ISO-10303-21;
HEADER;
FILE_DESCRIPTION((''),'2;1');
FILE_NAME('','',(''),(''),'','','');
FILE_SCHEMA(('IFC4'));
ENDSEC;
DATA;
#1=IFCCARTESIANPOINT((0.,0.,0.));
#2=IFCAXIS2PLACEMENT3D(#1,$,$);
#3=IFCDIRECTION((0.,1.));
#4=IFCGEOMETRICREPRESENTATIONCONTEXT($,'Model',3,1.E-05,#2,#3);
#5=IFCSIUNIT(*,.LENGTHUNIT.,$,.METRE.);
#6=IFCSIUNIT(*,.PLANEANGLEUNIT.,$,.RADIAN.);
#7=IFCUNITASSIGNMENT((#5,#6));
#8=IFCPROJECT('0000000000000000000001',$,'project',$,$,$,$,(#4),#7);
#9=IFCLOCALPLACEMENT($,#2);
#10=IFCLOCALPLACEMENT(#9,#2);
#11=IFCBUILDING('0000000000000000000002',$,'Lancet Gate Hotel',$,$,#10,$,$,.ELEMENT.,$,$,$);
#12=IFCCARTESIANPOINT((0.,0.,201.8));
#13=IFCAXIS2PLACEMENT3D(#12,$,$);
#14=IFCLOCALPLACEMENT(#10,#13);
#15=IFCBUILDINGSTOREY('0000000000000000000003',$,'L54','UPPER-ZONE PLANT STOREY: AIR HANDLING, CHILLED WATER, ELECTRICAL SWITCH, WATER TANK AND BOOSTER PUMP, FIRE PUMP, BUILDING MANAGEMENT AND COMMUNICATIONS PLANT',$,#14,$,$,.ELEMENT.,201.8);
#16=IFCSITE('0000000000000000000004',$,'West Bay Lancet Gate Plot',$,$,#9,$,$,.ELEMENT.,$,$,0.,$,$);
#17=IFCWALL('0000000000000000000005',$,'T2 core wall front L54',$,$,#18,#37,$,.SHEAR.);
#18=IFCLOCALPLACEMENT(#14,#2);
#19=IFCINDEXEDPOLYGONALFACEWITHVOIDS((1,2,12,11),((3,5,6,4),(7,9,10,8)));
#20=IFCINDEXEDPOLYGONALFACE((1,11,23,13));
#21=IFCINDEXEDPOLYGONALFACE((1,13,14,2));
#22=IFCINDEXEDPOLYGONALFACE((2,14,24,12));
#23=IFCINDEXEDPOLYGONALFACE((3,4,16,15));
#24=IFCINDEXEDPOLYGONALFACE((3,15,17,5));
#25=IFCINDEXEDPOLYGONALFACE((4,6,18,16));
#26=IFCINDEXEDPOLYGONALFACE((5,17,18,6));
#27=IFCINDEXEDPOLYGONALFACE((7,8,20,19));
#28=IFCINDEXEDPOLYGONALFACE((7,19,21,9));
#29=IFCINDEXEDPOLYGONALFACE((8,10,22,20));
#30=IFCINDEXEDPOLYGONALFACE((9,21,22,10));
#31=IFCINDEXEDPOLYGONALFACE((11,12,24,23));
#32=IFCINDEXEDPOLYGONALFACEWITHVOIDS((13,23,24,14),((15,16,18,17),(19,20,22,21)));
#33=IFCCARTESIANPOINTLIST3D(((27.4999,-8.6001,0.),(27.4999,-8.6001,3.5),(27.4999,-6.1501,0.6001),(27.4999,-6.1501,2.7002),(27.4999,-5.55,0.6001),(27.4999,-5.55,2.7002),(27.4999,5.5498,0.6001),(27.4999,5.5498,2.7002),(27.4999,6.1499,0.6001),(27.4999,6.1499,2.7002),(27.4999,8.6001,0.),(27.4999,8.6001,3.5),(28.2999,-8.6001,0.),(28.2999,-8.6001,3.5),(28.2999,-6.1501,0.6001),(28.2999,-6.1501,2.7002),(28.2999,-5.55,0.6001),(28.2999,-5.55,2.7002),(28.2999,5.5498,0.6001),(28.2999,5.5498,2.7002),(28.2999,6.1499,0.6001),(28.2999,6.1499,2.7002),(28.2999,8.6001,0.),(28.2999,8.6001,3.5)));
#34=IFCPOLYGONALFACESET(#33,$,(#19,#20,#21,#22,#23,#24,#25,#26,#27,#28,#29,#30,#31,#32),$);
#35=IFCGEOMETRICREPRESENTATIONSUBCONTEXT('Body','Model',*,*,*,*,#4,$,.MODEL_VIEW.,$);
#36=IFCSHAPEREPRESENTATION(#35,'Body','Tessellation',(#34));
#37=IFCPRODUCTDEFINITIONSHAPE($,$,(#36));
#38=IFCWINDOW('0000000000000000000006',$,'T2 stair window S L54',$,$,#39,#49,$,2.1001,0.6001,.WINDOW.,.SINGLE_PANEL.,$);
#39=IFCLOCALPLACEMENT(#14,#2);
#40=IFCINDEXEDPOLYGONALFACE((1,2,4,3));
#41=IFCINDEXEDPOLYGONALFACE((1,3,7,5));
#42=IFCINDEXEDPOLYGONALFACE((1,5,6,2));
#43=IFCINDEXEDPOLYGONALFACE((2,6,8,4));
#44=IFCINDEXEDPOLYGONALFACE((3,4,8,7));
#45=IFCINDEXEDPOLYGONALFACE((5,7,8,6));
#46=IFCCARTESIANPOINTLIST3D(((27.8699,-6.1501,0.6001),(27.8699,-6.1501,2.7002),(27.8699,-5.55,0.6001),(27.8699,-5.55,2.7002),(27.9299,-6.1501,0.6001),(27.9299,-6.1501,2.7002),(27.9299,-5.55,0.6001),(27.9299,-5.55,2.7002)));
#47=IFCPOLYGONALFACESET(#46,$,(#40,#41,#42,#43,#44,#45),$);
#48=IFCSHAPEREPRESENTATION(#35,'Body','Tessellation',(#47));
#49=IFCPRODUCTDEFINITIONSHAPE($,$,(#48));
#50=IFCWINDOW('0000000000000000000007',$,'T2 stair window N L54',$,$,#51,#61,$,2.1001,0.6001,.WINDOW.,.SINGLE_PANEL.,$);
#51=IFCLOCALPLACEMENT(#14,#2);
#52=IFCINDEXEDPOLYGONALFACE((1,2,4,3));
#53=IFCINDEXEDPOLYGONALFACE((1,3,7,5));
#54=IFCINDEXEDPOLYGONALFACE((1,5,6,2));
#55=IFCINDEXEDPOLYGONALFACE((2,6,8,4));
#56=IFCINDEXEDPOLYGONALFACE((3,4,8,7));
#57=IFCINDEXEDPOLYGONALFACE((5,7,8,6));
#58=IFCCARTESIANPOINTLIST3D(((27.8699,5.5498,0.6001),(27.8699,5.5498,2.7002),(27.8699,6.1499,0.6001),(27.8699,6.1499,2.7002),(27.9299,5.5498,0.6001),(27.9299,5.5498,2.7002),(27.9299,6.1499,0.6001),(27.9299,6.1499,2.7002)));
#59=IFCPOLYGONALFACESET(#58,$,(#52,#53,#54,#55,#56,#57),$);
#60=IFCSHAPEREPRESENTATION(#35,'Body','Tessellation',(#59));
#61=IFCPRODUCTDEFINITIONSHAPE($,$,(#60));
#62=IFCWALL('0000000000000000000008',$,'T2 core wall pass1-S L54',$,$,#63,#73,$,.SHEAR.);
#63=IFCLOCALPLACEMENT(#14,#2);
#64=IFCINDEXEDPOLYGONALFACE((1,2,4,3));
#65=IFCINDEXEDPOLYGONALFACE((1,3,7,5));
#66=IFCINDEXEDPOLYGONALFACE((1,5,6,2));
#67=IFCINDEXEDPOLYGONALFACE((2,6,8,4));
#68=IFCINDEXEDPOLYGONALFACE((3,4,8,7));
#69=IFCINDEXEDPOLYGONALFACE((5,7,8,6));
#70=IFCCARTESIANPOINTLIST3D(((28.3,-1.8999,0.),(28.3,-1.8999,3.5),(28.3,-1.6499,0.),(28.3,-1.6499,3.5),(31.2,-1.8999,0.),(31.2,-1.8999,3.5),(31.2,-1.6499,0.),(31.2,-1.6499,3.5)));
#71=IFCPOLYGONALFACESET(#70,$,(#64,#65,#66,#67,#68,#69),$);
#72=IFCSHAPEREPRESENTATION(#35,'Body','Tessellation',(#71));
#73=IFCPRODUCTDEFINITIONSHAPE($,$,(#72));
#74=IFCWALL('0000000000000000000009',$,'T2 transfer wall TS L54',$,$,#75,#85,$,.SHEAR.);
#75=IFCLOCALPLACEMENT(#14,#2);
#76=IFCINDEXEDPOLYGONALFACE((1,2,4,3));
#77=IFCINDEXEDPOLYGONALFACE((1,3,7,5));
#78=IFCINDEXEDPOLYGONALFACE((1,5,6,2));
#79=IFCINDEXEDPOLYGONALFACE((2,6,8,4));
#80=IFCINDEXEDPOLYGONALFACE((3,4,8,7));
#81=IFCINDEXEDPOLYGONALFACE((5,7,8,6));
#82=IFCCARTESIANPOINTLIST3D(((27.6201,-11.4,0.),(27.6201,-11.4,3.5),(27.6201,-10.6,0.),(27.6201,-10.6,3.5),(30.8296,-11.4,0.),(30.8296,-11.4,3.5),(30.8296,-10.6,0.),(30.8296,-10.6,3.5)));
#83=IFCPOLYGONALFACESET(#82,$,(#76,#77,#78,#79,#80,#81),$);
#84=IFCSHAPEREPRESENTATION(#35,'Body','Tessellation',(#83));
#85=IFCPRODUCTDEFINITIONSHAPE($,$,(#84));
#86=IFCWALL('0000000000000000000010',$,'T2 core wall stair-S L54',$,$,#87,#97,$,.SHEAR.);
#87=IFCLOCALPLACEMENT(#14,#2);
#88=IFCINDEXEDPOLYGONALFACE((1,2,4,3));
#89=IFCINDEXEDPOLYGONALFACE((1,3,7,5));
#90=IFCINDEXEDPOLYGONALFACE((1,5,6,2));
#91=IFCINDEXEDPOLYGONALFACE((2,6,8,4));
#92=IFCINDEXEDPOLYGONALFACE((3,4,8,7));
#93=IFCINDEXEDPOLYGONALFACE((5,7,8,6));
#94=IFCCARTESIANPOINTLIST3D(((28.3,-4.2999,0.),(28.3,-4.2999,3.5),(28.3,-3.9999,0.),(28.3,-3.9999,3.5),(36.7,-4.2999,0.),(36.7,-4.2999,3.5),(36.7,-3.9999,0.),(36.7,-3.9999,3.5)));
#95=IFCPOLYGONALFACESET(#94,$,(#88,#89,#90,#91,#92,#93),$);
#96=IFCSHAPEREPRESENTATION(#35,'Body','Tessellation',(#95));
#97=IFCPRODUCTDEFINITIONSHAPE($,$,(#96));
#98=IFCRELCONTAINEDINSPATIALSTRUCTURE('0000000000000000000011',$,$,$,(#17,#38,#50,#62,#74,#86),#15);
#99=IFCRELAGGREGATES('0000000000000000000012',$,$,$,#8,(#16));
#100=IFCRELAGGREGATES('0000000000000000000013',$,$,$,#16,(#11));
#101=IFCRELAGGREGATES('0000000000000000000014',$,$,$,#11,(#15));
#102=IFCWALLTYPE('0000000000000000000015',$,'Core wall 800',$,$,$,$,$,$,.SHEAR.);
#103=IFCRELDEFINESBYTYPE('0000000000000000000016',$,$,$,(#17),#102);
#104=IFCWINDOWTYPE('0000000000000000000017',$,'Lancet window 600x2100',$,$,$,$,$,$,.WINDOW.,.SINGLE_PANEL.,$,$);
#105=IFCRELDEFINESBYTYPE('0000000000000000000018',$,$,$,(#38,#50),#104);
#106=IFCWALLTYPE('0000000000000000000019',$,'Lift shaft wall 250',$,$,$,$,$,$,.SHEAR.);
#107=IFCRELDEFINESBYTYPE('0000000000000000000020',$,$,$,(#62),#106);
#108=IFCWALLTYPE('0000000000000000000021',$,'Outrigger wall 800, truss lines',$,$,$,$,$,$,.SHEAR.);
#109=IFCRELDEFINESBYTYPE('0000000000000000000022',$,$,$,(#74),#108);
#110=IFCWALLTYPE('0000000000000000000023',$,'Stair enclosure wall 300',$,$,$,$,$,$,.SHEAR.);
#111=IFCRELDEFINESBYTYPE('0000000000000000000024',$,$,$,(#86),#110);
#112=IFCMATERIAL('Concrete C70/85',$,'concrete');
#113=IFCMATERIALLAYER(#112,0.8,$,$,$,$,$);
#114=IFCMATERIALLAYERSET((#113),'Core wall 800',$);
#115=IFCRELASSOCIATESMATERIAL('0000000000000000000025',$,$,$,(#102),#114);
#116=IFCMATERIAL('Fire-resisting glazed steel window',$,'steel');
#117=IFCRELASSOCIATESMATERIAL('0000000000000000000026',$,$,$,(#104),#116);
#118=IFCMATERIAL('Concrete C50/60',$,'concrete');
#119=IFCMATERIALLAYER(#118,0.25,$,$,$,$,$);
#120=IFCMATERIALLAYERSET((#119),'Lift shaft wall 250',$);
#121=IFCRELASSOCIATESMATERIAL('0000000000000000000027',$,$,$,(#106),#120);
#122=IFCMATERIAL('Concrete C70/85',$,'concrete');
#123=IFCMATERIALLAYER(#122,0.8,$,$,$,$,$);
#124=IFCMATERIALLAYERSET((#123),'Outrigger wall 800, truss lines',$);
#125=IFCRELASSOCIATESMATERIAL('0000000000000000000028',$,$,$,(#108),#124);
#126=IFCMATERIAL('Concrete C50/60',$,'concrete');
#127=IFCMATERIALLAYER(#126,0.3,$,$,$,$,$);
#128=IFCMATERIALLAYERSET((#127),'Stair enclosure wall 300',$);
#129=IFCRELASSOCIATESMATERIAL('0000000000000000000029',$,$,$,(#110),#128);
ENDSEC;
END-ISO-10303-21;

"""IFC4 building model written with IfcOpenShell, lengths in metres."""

from ifc_helpers import new_model, si_unit, direction, frame, frame_2d, origin, place, context, subcontext, project, spatial, rectangle, extrude, material, layer, layer_set, type_object, element, fill, save


model = new_model("IFC4")

# Units and contexts
model_context = context("Model", 3, precision=1e-05, world=origin(), true_north=direction((0.0, 1.0)))
body_context = subcontext(model_context, "Body", "Model", "MODEL_VIEW")
ifc_project = project(units=[si_unit("LENGTHUNIT", "METRE"), si_unit("PLANEANGLEUNIT", "RADIAN")], contexts=[model_context])

# Site, building, storey
site_placement = place(None, origin())
site = spatial("IfcSite", under=ifc_project, at=site_placement, Name="West Bay Lancet Gate Plot", CompositionType="ELEMENT", RefElevation=0.0)
building_placement = place(site_placement, origin())
building = spatial("IfcBuilding", under=site, at=building_placement, Name="Lancet Gate Hotel", CompositionType="ELEMENT")
storey_placement = place(building_placement, frame((0.0, 0.0, 201.8)))
storey = spatial("IfcBuildingStorey", under=building, at=storey_placement, Name="L54", Description="UPPER-ZONE PLANT STOREY: AIR HANDLING, CHILLED WATER, ELECTRICAL SWITCH, WATER TANK AND BOOSTER PUMP, FIRE PUMP, BUILDING MANAGEMENT AND COMMUNICATIONS PLANT", CompositionType="ELEMENT", Elevation=201.8)

# Wall, openings, windows
ifc_material_1 = material(Name="Concrete C70/85", Category="concrete")
ifc_layer_1 = layer(ifc_material_1, 0.8)
ifc_layer_set_1 = layer_set([ifc_layer_1], Name="Core wall 800")
wall_type_1 = type_object("IfcWallType", Name="Core wall 800", PredefinedType="SHEAR", material=ifc_layer_set_1)
wall_1_placement = place(storey_placement, frame((27.8999, -8.6001, 0.0), z_axis=(0.0, 0.0, 1.0), x_axis=(0.0, 1.0, 0.0)))
wall_1 = element("IfcWall", 1, at=wall_1_placement, inside=storey, type_object=wall_type_1, Name="T2 core wall front L54", PredefinedType="SHEAR", context=body_context, shape_type="SweptSolid", body=[
    extrude(rectangle(XDim=17.2002, YDim=0.8, at=frame_2d((8.6001, 0.0))), origin(), (0.0, 0.0, 1.0), 3.5),
])
opening_1_placement = place(wall_1_placement, frame((2.45, 0.0, 0.6001)))
opening_1 = element("IfcOpeningElement", 2, at=opening_1_placement, cuts=wall_1, PredefinedType="OPENING", context=body_context, shape_type="SweptSolid", body=[
    extrude(rectangle(XDim=0.6001, YDim=2.1001, at=frame_2d((0.3, 1.05))), frame((0.0, 0.4099, 0.0), z_axis=(0.0, -1.0, 0.0), x_axis=(1.0, 0.0, 0.0)), (0.0, 0.0, 1.0), 0.8201),
])
opening_2_placement = place(wall_1_placement, frame((14.1499, 0.0, 0.6001)))
opening_2 = element("IfcOpeningElement", 3, at=opening_2_placement, cuts=wall_1, PredefinedType="OPENING", context=body_context, shape_type="SweptSolid", body=[
    extrude(rectangle(XDim=0.6001, YDim=2.1001, at=frame_2d((0.3, 1.05))), frame((0.0, 0.4099, 0.0), z_axis=(0.0, -1.0, 0.0), x_axis=(1.0, 0.0, 0.0)), (0.0, 0.0, 1.0), 0.8201),
])
ifc_material_2 = material(Name="Fire-resisting glazed steel window", Category="steel")
window_type = type_object("IfcWindowType", Name="Lancet window 600x2100", PartitioningType="SINGLE_PANEL", PredefinedType="WINDOW", material=ifc_material_2)
window_1_placement = place(opening_1_placement, origin())
window_1 = element("IfcWindow", 4, at=window_1_placement, inside=storey, type_object=window_type, Name="T2 stair window S L54", OverallHeight=2.1001, OverallWidth=0.6001, PartitioningType="SINGLE_PANEL", PredefinedType="WINDOW", context=body_context, shape_type="SweptSolid", body=[
    extrude(rectangle(XDim=0.6001, YDim=2.1001, at=frame_2d((0.3, 1.05))), frame((0.0, 0.03, 0.0), z_axis=(0.0, -1.0, 0.0), x_axis=(1.0, 0.0, 0.0)), (0.0, 0.0, 1.0), 0.0601),
])
fill(opening_1, window_1)
window_2_placement = place(opening_2_placement, origin())
window_2 = element("IfcWindow", 5, at=window_2_placement, inside=storey, type_object=window_type, Name="T2 stair window N L54", OverallHeight=2.1001, OverallWidth=0.6001, PartitioningType="SINGLE_PANEL", PredefinedType="WINDOW", context=body_context, shape_type="SweptSolid", body=[
    extrude(rectangle(XDim=0.6001, YDim=2.1001, at=frame_2d((0.3, 1.05))), frame((0.0, 0.03, 0.0), z_axis=(0.0, -1.0, 0.0), x_axis=(1.0, 0.0, 0.0)), (0.0, 0.0, 1.0), 0.0601),
])
fill(opening_2, window_2)

# Walls
ifc_material_3 = material(Name="Concrete C50/60", Category="concrete")
ifc_layer_2 = layer(ifc_material_3, 0.25)
ifc_layer_set_2 = layer_set([ifc_layer_2], Name="Lift shaft wall 250")
wall_type_2 = type_object("IfcWallType", Name="Lift shaft wall 250", PredefinedType="SHEAR", material=ifc_layer_set_2)
wall_2_placement = place(storey_placement, frame((28.3, -1.7749, 0.0), z_axis=(0.0, 0.0, 1.0), x_axis=(1.0, 0.0, 0.0)))
element("IfcWall", 6, at=wall_2_placement, inside=storey, type_object=wall_type_2, Name="T2 core wall pass1-S L54", PredefinedType="SHEAR", context=body_context, shape_type="SweptSolid", body=[
    extrude(rectangle(XDim=2.8999, YDim=0.25, at=frame_2d((1.45, 0.0))), origin(), (0.0, 0.0, 1.0), 3.5),
])
ifc_material_4 = material(Name="Concrete C70/85", Category="concrete")
ifc_layer_3 = layer(ifc_material_4, 0.8)
ifc_layer_set_3 = layer_set([ifc_layer_3], Name="Outrigger wall 800, truss lines")
wall_type_3 = type_object("IfcWallType", Name="Outrigger wall 800, truss lines", PredefinedType="SHEAR", material=ifc_layer_set_3)
wall_3_placement = place(storey_placement, frame((27.6201, -11.0, 0.0), z_axis=(0.0, 0.0, 1.0), x_axis=(1.0, 0.0, 0.0)))
element("IfcWall", 7, at=wall_3_placement, inside=storey, type_object=wall_type_3, Name="T2 transfer wall TS L54", PredefinedType="SHEAR", context=body_context, shape_type="SweptSolid", body=[
    extrude(rectangle(XDim=3.2095, YDim=0.8, at=frame_2d((1.6047, 0.0))), origin(), (0.0, 0.0, 1.0), 3.5),
])
ifc_material_5 = material(Name="Concrete C50/60", Category="concrete")
ifc_layer_4 = layer(ifc_material_5, 0.3)
ifc_layer_set_4 = layer_set([ifc_layer_4], Name="Stair enclosure wall 300")
wall_type_4 = type_object("IfcWallType", Name="Stair enclosure wall 300", PredefinedType="SHEAR", material=ifc_layer_set_4)
wall_4_placement = place(storey_placement, frame((28.3, -4.1499, 0.0), z_axis=(0.0, 0.0, 1.0), x_axis=(1.0, 0.0, 0.0)))
element("IfcWall", 8, at=wall_4_placement, inside=storey, type_object=wall_type_4, Name="T2 core wall stair-S L54", PredefinedType="SHEAR", context=body_context, shape_type="SweptSolid", body=[
    extrude(rectangle(XDim=8.3999, YDim=0.3, at=frame_2d((4.2, 0.0))), origin(), (0.0, 0.0, 1.0), 3.5),
])

save(model, "model.ifc")
